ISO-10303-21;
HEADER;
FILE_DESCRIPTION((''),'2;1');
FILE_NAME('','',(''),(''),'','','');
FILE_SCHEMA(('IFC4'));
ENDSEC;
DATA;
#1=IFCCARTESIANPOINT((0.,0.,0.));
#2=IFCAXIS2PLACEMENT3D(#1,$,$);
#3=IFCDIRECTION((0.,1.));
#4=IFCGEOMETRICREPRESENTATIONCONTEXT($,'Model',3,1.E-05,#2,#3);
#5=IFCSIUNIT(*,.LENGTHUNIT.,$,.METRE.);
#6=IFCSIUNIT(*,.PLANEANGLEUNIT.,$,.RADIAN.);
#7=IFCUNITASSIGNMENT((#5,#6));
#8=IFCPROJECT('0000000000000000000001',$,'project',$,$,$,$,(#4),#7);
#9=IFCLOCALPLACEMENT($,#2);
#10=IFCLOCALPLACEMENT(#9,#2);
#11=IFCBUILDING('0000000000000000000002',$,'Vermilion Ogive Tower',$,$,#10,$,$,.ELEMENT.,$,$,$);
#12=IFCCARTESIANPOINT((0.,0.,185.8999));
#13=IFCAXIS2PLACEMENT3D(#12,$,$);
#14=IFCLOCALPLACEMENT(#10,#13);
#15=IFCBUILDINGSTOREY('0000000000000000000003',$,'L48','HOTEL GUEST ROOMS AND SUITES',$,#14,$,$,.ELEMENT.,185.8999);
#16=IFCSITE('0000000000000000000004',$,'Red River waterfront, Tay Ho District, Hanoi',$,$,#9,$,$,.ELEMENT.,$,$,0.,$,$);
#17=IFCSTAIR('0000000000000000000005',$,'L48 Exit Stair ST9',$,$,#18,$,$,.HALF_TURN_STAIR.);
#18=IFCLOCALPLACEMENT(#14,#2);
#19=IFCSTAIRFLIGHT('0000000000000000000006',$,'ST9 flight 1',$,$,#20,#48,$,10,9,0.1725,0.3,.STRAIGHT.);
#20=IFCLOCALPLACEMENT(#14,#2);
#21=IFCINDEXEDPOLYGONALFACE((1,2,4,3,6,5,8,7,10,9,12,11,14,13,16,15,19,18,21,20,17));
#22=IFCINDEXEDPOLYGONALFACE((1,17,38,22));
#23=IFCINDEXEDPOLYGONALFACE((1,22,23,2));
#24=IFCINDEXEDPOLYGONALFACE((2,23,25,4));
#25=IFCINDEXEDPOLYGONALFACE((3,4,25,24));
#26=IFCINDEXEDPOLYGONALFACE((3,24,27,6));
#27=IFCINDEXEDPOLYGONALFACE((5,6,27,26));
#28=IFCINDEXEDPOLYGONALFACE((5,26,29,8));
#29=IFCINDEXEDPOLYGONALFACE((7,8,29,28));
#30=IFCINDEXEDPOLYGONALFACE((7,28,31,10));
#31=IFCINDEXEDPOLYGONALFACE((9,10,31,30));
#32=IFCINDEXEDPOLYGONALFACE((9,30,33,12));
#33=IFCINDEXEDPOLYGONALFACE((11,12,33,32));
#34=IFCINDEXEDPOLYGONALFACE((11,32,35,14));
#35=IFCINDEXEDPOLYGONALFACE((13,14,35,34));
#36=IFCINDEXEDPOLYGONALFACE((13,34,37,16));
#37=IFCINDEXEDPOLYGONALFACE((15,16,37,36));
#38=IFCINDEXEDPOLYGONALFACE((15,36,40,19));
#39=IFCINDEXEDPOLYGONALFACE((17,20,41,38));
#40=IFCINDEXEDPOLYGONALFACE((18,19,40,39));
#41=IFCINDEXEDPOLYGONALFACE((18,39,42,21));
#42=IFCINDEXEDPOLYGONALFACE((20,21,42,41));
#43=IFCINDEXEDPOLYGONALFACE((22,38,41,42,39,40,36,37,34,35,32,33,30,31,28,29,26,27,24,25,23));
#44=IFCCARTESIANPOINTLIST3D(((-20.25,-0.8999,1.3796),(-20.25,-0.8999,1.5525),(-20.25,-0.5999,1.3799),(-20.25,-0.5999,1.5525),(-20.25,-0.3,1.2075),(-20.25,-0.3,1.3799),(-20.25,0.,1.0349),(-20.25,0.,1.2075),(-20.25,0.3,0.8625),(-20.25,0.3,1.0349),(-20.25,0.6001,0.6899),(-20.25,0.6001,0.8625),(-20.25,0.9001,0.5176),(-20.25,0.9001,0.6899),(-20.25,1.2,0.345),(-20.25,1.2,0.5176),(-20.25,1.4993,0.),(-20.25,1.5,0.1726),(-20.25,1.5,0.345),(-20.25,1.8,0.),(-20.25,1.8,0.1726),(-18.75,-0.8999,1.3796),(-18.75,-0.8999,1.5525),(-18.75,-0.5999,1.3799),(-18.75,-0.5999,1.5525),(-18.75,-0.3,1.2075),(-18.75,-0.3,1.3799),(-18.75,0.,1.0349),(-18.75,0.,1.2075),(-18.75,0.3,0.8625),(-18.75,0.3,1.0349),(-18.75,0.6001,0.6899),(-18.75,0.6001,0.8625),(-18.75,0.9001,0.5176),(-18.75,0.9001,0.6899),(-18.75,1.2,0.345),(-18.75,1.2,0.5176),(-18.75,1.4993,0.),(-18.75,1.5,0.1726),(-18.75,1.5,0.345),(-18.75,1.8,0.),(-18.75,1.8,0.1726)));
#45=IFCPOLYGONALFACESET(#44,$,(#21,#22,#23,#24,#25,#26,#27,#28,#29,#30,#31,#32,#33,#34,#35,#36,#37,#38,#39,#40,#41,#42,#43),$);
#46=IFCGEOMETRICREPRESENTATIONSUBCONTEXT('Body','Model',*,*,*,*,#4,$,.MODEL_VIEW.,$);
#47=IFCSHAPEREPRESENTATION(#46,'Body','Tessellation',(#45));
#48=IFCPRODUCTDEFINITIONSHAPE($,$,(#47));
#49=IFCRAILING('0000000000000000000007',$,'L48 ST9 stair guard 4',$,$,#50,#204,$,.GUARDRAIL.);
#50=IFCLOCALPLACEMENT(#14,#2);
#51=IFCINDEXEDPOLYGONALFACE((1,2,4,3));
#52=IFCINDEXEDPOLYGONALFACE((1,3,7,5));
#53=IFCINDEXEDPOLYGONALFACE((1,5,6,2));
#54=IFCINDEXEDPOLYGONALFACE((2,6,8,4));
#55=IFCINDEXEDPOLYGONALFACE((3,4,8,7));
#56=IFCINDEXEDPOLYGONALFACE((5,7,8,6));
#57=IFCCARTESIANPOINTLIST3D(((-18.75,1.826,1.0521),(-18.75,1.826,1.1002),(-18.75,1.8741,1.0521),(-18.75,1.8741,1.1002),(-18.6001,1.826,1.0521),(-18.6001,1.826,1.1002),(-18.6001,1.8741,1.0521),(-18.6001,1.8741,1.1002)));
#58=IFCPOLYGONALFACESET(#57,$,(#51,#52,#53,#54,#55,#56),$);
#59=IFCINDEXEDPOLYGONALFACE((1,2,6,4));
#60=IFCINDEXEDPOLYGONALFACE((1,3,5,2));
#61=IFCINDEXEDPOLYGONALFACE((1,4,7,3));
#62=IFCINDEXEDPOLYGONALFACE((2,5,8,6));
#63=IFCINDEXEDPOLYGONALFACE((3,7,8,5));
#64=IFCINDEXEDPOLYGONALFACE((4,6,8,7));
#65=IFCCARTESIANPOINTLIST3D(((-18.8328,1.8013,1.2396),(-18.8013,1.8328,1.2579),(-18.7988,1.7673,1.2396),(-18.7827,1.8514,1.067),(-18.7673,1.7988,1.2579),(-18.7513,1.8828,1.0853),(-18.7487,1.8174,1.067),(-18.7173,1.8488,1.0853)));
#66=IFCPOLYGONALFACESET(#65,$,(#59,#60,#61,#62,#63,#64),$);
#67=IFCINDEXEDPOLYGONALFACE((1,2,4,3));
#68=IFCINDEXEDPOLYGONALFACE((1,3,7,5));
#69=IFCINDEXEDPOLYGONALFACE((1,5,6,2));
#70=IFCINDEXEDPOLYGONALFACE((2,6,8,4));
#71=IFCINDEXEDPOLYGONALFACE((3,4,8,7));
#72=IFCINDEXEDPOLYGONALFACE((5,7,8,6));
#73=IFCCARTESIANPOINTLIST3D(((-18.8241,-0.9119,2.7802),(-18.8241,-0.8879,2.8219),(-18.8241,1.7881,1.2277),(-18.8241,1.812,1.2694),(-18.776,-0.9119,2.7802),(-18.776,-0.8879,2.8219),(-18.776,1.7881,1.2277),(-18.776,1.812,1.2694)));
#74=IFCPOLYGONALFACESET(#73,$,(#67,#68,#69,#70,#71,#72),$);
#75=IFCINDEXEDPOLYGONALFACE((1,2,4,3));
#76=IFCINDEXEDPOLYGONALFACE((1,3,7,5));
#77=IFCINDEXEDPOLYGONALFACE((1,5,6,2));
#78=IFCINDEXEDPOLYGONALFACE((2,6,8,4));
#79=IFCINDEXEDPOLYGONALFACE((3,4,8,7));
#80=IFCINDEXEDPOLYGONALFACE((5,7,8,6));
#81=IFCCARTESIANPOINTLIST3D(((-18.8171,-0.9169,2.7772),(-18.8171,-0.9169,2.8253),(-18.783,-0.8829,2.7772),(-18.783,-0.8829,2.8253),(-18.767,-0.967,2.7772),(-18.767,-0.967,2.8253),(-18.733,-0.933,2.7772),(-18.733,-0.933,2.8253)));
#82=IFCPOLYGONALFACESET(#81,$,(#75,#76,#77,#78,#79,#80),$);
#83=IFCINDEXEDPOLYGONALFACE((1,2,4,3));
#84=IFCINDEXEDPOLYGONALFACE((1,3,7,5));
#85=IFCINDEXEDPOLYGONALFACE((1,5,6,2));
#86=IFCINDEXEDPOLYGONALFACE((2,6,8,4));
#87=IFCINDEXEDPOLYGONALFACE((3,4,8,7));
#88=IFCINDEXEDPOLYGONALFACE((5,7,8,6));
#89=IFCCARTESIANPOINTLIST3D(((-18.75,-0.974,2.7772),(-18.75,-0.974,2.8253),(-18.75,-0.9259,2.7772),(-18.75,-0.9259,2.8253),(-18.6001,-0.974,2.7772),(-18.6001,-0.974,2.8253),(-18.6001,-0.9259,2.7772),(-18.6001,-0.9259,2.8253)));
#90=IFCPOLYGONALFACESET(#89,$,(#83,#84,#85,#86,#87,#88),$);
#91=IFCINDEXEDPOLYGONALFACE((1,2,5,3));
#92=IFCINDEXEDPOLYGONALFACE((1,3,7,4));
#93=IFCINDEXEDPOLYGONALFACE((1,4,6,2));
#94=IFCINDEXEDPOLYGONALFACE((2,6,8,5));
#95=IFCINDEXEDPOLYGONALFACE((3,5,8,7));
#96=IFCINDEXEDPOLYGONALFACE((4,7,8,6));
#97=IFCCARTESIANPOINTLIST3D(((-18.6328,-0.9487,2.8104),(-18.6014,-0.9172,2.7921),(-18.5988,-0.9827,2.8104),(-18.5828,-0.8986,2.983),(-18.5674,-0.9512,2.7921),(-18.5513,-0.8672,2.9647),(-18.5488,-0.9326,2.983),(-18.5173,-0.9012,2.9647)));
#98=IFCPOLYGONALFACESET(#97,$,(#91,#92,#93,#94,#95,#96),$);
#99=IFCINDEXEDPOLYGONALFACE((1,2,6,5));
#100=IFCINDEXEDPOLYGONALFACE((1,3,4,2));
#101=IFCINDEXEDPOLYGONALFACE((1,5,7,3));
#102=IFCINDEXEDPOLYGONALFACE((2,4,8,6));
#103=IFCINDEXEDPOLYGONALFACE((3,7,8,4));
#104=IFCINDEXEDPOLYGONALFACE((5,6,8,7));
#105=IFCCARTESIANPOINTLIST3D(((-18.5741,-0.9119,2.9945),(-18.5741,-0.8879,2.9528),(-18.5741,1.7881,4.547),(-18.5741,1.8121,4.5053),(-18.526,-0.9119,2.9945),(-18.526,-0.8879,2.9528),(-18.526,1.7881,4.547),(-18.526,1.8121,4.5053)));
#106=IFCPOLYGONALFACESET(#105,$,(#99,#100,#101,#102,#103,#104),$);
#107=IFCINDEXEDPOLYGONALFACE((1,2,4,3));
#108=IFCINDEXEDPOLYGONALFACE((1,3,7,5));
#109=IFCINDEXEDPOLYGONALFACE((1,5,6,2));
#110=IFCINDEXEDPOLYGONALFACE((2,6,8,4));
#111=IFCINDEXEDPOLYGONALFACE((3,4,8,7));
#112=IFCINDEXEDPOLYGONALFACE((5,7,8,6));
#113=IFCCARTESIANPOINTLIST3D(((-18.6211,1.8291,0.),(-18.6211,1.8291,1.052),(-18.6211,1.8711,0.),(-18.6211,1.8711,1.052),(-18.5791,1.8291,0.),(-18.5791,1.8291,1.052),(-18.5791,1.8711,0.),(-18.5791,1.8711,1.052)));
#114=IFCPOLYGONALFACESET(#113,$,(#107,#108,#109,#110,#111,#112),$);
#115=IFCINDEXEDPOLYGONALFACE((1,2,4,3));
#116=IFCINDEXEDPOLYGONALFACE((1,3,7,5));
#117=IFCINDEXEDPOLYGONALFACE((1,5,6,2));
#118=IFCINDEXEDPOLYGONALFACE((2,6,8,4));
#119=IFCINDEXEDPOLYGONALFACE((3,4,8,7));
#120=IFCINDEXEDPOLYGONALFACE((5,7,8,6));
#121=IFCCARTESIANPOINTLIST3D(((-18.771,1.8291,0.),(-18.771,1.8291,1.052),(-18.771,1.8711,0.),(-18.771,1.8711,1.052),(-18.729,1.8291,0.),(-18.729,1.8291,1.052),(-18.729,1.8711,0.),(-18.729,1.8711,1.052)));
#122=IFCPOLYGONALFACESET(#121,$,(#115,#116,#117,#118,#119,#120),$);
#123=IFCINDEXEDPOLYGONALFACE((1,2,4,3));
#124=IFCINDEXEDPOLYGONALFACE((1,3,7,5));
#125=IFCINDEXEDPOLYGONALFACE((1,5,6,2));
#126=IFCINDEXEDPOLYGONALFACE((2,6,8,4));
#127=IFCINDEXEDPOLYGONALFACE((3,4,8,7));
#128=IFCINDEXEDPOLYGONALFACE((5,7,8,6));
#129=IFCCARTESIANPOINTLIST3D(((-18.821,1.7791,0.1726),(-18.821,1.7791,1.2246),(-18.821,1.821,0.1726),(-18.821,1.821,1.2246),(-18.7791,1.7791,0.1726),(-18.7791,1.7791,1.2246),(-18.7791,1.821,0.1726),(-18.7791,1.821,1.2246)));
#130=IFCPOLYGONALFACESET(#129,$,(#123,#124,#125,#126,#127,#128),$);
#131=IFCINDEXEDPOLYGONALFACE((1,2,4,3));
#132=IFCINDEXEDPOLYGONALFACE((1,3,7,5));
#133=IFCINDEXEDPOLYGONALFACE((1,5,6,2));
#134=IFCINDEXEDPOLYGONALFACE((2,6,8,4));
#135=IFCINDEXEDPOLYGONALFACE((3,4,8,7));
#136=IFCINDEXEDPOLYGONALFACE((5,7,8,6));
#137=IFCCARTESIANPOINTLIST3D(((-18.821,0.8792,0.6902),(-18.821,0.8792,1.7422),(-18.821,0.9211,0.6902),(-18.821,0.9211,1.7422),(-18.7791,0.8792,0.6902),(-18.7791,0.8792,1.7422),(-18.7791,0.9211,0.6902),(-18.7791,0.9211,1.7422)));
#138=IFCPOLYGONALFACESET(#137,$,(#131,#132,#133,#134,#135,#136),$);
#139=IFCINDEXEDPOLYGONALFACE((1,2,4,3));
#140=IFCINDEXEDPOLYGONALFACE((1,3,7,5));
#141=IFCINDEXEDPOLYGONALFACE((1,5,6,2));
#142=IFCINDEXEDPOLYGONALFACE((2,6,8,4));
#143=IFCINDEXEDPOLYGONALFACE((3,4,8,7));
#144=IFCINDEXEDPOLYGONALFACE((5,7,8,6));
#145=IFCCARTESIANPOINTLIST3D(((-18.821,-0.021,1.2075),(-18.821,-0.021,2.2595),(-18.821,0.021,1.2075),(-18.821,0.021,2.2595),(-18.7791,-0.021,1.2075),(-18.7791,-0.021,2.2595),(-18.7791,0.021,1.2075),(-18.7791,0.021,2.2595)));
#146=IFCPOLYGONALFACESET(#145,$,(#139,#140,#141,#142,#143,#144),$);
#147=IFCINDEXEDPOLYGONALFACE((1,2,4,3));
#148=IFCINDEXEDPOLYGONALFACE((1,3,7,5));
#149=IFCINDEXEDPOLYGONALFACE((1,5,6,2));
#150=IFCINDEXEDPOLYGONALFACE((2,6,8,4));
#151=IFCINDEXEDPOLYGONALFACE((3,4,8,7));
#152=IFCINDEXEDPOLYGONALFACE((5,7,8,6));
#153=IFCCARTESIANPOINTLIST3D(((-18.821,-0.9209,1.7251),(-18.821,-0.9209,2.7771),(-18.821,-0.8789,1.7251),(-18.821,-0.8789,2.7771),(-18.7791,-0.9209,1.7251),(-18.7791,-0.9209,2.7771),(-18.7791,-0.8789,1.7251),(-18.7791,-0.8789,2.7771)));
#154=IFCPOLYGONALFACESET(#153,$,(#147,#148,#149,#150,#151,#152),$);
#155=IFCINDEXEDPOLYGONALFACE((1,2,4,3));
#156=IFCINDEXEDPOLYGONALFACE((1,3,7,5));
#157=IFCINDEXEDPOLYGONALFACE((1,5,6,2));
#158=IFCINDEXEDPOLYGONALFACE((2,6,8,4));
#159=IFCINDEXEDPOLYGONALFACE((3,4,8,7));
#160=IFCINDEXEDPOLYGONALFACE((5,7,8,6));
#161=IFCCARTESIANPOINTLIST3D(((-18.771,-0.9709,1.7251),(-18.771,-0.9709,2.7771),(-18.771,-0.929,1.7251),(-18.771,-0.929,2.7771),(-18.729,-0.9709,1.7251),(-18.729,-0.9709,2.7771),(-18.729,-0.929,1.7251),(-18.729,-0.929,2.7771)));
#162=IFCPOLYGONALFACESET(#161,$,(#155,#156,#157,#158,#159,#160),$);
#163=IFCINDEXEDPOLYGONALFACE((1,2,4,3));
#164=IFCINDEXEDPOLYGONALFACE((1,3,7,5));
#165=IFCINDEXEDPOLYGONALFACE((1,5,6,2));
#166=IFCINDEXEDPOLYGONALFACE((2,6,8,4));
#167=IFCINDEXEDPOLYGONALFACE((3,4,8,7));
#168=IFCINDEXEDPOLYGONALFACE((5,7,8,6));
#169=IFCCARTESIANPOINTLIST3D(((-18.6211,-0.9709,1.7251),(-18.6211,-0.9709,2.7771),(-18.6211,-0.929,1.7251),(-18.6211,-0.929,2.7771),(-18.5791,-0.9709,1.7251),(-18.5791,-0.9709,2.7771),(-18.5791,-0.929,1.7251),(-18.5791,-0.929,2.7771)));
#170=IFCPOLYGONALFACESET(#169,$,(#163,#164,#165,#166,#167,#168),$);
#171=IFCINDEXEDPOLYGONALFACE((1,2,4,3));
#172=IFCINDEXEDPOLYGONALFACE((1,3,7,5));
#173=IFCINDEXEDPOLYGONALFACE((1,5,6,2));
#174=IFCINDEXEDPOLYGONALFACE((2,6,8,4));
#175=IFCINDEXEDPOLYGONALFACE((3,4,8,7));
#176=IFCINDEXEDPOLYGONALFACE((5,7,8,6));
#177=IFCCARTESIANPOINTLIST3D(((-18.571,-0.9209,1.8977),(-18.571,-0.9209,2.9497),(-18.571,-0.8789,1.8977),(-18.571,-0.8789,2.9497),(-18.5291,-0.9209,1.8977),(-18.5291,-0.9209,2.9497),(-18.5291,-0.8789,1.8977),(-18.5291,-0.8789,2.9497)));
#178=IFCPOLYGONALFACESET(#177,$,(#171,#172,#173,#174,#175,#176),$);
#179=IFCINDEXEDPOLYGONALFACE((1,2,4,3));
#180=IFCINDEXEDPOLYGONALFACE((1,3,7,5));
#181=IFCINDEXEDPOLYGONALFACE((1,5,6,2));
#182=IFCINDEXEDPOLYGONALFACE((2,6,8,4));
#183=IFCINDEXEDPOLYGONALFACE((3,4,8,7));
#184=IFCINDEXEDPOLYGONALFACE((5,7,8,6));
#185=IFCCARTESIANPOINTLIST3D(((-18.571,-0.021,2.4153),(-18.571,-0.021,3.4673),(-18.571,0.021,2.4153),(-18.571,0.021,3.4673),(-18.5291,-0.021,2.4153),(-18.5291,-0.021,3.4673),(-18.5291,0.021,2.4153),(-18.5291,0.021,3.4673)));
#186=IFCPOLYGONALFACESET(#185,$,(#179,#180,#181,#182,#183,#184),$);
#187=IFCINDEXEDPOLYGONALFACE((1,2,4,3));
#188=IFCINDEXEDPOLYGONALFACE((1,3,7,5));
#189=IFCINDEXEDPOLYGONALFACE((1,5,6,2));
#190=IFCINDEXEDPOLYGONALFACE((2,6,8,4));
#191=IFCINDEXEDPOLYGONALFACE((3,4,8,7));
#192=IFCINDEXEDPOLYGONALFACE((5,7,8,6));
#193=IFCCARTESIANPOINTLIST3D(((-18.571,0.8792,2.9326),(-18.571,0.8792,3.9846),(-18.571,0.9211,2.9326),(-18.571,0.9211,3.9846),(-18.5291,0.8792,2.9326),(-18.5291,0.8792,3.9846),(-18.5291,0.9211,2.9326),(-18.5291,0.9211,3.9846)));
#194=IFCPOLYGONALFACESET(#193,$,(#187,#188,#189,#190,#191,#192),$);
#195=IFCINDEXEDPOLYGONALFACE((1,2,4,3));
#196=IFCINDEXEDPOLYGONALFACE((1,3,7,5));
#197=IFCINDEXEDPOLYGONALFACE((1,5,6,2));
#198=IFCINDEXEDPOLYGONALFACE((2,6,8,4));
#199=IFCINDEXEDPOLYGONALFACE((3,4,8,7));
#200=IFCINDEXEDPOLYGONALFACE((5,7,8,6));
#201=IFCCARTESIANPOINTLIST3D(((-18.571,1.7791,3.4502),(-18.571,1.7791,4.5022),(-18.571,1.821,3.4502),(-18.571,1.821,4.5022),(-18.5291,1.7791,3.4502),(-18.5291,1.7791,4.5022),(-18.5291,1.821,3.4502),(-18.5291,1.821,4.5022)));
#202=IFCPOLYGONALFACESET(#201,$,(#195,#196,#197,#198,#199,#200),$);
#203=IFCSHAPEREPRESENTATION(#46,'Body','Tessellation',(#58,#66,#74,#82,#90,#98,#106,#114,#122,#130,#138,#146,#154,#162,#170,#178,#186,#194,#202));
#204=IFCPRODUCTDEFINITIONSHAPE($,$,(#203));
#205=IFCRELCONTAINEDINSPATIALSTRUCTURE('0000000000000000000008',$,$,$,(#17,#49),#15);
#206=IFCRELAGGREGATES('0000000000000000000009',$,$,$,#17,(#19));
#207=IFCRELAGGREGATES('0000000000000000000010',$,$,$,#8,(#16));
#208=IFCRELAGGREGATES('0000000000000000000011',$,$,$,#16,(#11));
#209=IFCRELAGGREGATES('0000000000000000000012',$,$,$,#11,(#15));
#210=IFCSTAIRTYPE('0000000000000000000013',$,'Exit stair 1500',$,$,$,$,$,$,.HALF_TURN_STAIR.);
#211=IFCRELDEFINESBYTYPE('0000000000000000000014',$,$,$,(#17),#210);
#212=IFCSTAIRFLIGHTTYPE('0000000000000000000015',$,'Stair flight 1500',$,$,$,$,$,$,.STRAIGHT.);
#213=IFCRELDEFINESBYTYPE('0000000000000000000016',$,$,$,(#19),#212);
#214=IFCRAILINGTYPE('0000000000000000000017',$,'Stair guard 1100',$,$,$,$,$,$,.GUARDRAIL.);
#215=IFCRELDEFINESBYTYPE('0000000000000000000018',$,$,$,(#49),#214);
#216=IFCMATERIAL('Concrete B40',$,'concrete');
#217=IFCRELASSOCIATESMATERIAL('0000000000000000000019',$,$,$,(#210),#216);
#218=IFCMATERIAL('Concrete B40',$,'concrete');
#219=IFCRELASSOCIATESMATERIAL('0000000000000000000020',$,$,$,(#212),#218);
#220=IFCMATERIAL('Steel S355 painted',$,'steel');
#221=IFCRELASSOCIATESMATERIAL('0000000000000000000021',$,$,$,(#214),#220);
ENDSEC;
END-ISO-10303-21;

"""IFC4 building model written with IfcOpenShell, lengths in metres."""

from ifc_helpers import new_model, si_unit, direction, frame, origin, origin_2d, place, context, subcontext, project, spatial, polyline, rectangle, outline, extrude, material, type_object, element, aggregate, save


model = new_model("IFC4")

# Units and contexts
model_context = context("Model", 3, precision=1e-05, world=origin(), true_north=direction((0.0, 1.0)))
body_context = subcontext(model_context, "Body", "Model", "MODEL_VIEW")
ifc_project = project(units=[si_unit("LENGTHUNIT", "METRE"), si_unit("PLANEANGLEUNIT", "RADIAN")], contexts=[model_context])

# Site, building, storey
site_placement = place(None, origin())
site = spatial("IfcSite", under=ifc_project, at=site_placement, Name="Red River waterfront, Tay Ho District, Hanoi", CompositionType="ELEMENT", RefElevation=0.0)
building_placement = place(site_placement, origin())
building = spatial("IfcBuilding", under=site, at=building_placement, Name="Vermilion Ogive Tower", CompositionType="ELEMENT")
storey_placement = place(building_placement, frame((0.0, 0.0, 185.8999)))
storey = spatial("IfcBuildingStorey", under=building, at=storey_placement, Name="L48", Description="HOTEL GUEST ROOMS AND SUITES", CompositionType="ELEMENT", Elevation=185.8999)

# Stair, stair flight
ifc_material_1 = material(Name="Concrete B40", Category="concrete")
stair_type = type_object("IfcStairType", Name="Exit stair 1500", PredefinedType="HALF_TURN_STAIR", material=ifc_material_1)
stair_placement = place(storey_placement, origin())
stair = element("IfcStair", 1, at=stair_placement, inside=storey, type_object=stair_type, Name="L48 Exit Stair ST9", PredefinedType="HALF_TURN_STAIR")
ifc_material_2 = material(Name="Concrete B40", Category="concrete")
stair_flight_type = type_object("IfcStairFlightType", Name="Stair flight 1500", PredefinedType="STRAIGHT", material=ifc_material_2)
stair_flight_placement = place(storey_placement, frame((-19.5, 1.8, 0.0), z_axis=(0.0, 0.0, 1.0), x_axis=(0.0, -1.0, 0.0)))
stair_flight = element("IfcStairFlight", 2, at=stair_flight_placement, type_object=stair_flight_type, Name="ST9 flight 1", NumberOfRisers=10, NumberOfTreads=9, PredefinedType="STRAIGHT", RiserHeight=0.1725, TreadLength=0.3, context=body_context, shape_type="SweptSolid", body=[
    extrude(outline(polyline([(0.0, 0.0), (0.0, 0.1726), (0.3, 0.1726), (0.3, 0.345), (0.6001, 0.345), (0.6001, 0.5176), (0.8999, 0.5176), (0.8999, 0.6899), (1.2, 0.6899), (1.2, 0.8625), (1.5, 0.8625), (1.5, 1.0349), (1.8, 1.0349), (1.8, 1.2075), (2.1001, 1.2075), (2.1001, 1.3799), (2.3999, 1.3799), (2.3999, 1.5525), (2.7, 1.5525), (2.7, 1.7251), (2.7, 1.3796), (0.3008, 0.0), (0.0, 0.0)])), frame((0.0, 0.75, 0.0), z_axis=(0.0, -1.0, 0.0), x_axis=(1.0, 0.0, 0.0)), (0.0, 0.0, 1.0), 1.5),
])
aggregate(stair, [stair_flight])

# Railing
ifc_material_3 = material(Name="Steel S355 painted", Category="steel")
railing_type_1 = type_object("IfcRailingType", Name="Stair guard 1100", PredefinedType="GUARDRAIL", material=ifc_material_3)
railing_1_placement = place(storey_placement, frame((-18.6001, 1.8501, 0.0)))
element("IfcRailing", 3, at=railing_1_placement, inside=storey, type_object=railing_type_1, Name="L48 ST9 stair guard 4", PredefinedType="GUARDRAIL", context=body_context, shape_type="SweptSolid", body=[
    extrude(rectangle(XDim=0.0481, YDim=0.0481, at=origin_2d()), frame((0.0, 0.0, 1.0762), z_axis=(-1.0, 0.0, 0.0), x_axis=(0.0, -1.0, 0.0)), (0.0, 0.0, 1.0), 0.1499),
    extrude(rectangle(XDim=0.0481, YDim=0.0481, at=origin_2d()), frame((-0.1499, 0.0, 1.0762), z_axis=(-0.268278, -0.268278, 0.925232), x_axis=(0.707107, -0.707107, 0.0)), (0.0, 0.0, 1.0), 0.1865),
    extrude(rectangle(XDim=0.0481, YDim=0.0481, at=origin_2d()), frame((-0.2, -0.05, 1.2485), z_axis=(0.0, -0.866904, 0.498476), x_axis=(1.0, 0.0, 0.0)), (0.0, 0.0, 1.0), 3.1145),
    extrude(rectangle(XDim=0.0481, YDim=0.0481, at=origin_2d()), frame((-0.2, -2.75, 2.8013), z_axis=(0.707107, -0.707107, 0.0), x_axis=(0.707107, 0.707107, 0.0)), (0.0, 0.0, 1.0), 0.0708),
    extrude(rectangle(XDim=0.0481, YDim=0.0481, at=origin_2d()), frame((-0.1499, -2.8, 2.8013), z_axis=(1.0, 0.0, 0.0), x_axis=(0.0, 1.0, 0.0)), (0.0, 0.0, 1.0), 0.1499),
    extrude(rectangle(XDim=0.0481, YDim=0.0481, at=origin_2d()), frame((0.0, -2.8, 2.8013), z_axis=(0.268278, 0.268278, 0.925232), x_axis=(-0.707107, 0.707107, 0.0)), (0.0, 0.0, 1.0), 0.1865),
    extrude(rectangle(XDim=0.0481, YDim=0.0481, at=origin_2d()), frame((0.05, -2.75, 2.9736), z_axis=(0.0, 0.866904, 0.498476), x_axis=(-1.0, 0.0, 0.0)), (0.0, 0.0, 1.0), 3.1145),
    extrude(rectangle(XDim=0.042, YDim=0.042, at=origin_2d()), origin(), (0.0, 0.0, 1.0), 1.052),
    extrude(rectangle(XDim=0.042, YDim=0.042, at=origin_2d()), frame((-0.1499, 0.0, 0.0)), (0.0, 0.0, 1.0), 1.052),
    extrude(rectangle(XDim=0.042, YDim=0.042, at=origin_2d()), frame((-0.2, -0.05, 0.1726)), (0.0, 0.0, 1.0), 1.052),
    extrude(rectangle(XDim=0.042, YDim=0.042, at=origin_2d()), frame((-0.2, -0.95, 0.6902)), (0.0, 0.0, 1.0), 1.052),
    extrude(rectangle(XDim=0.042, YDim=0.042, at=origin_2d()), frame((-0.2, -1.8501, 1.2075)), (0.0, 0.0, 1.0), 1.052),
    extrude(rectangle(XDim=0.042, YDim=0.042, at=origin_2d()), frame((-0.2, -2.75, 1.7251)), (0.0, 0.0, 1.0), 1.052),
    extrude(rectangle(XDim=0.042, YDim=0.042, at=origin_2d()), frame((-0.1499, -2.8, 1.7251)), (0.0, 0.0, 1.0), 1.052),
    extrude(rectangle(XDim=0.042, YDim=0.042, at=origin_2d()), frame((0.0, -2.8, 1.7251)), (0.0, 0.0, 1.0), 1.052),
    extrude(rectangle(XDim=0.042, YDim=0.042, at=origin_2d()), frame((0.05, -2.75, 1.8977)), (0.0, 0.0, 1.0), 1.052),
    extrude(rectangle(XDim=0.042, YDim=0.042, at=origin_2d()), frame((0.05, -1.8501, 2.4153)), (0.0, 0.0, 1.0), 1.052),
    extrude(rectangle(XDim=0.042, YDim=0.042, at=origin_2d()), frame((0.05, -0.95, 2.9326)), (0.0, 0.0, 1.0), 1.052),
    extrude(rectangle(XDim=0.042, YDim=0.042, at=origin_2d()), frame((0.05, -0.05, 3.4502)), (0.0, 0.0, 1.0), 1.052),
])

save(model, "model.ifc")
